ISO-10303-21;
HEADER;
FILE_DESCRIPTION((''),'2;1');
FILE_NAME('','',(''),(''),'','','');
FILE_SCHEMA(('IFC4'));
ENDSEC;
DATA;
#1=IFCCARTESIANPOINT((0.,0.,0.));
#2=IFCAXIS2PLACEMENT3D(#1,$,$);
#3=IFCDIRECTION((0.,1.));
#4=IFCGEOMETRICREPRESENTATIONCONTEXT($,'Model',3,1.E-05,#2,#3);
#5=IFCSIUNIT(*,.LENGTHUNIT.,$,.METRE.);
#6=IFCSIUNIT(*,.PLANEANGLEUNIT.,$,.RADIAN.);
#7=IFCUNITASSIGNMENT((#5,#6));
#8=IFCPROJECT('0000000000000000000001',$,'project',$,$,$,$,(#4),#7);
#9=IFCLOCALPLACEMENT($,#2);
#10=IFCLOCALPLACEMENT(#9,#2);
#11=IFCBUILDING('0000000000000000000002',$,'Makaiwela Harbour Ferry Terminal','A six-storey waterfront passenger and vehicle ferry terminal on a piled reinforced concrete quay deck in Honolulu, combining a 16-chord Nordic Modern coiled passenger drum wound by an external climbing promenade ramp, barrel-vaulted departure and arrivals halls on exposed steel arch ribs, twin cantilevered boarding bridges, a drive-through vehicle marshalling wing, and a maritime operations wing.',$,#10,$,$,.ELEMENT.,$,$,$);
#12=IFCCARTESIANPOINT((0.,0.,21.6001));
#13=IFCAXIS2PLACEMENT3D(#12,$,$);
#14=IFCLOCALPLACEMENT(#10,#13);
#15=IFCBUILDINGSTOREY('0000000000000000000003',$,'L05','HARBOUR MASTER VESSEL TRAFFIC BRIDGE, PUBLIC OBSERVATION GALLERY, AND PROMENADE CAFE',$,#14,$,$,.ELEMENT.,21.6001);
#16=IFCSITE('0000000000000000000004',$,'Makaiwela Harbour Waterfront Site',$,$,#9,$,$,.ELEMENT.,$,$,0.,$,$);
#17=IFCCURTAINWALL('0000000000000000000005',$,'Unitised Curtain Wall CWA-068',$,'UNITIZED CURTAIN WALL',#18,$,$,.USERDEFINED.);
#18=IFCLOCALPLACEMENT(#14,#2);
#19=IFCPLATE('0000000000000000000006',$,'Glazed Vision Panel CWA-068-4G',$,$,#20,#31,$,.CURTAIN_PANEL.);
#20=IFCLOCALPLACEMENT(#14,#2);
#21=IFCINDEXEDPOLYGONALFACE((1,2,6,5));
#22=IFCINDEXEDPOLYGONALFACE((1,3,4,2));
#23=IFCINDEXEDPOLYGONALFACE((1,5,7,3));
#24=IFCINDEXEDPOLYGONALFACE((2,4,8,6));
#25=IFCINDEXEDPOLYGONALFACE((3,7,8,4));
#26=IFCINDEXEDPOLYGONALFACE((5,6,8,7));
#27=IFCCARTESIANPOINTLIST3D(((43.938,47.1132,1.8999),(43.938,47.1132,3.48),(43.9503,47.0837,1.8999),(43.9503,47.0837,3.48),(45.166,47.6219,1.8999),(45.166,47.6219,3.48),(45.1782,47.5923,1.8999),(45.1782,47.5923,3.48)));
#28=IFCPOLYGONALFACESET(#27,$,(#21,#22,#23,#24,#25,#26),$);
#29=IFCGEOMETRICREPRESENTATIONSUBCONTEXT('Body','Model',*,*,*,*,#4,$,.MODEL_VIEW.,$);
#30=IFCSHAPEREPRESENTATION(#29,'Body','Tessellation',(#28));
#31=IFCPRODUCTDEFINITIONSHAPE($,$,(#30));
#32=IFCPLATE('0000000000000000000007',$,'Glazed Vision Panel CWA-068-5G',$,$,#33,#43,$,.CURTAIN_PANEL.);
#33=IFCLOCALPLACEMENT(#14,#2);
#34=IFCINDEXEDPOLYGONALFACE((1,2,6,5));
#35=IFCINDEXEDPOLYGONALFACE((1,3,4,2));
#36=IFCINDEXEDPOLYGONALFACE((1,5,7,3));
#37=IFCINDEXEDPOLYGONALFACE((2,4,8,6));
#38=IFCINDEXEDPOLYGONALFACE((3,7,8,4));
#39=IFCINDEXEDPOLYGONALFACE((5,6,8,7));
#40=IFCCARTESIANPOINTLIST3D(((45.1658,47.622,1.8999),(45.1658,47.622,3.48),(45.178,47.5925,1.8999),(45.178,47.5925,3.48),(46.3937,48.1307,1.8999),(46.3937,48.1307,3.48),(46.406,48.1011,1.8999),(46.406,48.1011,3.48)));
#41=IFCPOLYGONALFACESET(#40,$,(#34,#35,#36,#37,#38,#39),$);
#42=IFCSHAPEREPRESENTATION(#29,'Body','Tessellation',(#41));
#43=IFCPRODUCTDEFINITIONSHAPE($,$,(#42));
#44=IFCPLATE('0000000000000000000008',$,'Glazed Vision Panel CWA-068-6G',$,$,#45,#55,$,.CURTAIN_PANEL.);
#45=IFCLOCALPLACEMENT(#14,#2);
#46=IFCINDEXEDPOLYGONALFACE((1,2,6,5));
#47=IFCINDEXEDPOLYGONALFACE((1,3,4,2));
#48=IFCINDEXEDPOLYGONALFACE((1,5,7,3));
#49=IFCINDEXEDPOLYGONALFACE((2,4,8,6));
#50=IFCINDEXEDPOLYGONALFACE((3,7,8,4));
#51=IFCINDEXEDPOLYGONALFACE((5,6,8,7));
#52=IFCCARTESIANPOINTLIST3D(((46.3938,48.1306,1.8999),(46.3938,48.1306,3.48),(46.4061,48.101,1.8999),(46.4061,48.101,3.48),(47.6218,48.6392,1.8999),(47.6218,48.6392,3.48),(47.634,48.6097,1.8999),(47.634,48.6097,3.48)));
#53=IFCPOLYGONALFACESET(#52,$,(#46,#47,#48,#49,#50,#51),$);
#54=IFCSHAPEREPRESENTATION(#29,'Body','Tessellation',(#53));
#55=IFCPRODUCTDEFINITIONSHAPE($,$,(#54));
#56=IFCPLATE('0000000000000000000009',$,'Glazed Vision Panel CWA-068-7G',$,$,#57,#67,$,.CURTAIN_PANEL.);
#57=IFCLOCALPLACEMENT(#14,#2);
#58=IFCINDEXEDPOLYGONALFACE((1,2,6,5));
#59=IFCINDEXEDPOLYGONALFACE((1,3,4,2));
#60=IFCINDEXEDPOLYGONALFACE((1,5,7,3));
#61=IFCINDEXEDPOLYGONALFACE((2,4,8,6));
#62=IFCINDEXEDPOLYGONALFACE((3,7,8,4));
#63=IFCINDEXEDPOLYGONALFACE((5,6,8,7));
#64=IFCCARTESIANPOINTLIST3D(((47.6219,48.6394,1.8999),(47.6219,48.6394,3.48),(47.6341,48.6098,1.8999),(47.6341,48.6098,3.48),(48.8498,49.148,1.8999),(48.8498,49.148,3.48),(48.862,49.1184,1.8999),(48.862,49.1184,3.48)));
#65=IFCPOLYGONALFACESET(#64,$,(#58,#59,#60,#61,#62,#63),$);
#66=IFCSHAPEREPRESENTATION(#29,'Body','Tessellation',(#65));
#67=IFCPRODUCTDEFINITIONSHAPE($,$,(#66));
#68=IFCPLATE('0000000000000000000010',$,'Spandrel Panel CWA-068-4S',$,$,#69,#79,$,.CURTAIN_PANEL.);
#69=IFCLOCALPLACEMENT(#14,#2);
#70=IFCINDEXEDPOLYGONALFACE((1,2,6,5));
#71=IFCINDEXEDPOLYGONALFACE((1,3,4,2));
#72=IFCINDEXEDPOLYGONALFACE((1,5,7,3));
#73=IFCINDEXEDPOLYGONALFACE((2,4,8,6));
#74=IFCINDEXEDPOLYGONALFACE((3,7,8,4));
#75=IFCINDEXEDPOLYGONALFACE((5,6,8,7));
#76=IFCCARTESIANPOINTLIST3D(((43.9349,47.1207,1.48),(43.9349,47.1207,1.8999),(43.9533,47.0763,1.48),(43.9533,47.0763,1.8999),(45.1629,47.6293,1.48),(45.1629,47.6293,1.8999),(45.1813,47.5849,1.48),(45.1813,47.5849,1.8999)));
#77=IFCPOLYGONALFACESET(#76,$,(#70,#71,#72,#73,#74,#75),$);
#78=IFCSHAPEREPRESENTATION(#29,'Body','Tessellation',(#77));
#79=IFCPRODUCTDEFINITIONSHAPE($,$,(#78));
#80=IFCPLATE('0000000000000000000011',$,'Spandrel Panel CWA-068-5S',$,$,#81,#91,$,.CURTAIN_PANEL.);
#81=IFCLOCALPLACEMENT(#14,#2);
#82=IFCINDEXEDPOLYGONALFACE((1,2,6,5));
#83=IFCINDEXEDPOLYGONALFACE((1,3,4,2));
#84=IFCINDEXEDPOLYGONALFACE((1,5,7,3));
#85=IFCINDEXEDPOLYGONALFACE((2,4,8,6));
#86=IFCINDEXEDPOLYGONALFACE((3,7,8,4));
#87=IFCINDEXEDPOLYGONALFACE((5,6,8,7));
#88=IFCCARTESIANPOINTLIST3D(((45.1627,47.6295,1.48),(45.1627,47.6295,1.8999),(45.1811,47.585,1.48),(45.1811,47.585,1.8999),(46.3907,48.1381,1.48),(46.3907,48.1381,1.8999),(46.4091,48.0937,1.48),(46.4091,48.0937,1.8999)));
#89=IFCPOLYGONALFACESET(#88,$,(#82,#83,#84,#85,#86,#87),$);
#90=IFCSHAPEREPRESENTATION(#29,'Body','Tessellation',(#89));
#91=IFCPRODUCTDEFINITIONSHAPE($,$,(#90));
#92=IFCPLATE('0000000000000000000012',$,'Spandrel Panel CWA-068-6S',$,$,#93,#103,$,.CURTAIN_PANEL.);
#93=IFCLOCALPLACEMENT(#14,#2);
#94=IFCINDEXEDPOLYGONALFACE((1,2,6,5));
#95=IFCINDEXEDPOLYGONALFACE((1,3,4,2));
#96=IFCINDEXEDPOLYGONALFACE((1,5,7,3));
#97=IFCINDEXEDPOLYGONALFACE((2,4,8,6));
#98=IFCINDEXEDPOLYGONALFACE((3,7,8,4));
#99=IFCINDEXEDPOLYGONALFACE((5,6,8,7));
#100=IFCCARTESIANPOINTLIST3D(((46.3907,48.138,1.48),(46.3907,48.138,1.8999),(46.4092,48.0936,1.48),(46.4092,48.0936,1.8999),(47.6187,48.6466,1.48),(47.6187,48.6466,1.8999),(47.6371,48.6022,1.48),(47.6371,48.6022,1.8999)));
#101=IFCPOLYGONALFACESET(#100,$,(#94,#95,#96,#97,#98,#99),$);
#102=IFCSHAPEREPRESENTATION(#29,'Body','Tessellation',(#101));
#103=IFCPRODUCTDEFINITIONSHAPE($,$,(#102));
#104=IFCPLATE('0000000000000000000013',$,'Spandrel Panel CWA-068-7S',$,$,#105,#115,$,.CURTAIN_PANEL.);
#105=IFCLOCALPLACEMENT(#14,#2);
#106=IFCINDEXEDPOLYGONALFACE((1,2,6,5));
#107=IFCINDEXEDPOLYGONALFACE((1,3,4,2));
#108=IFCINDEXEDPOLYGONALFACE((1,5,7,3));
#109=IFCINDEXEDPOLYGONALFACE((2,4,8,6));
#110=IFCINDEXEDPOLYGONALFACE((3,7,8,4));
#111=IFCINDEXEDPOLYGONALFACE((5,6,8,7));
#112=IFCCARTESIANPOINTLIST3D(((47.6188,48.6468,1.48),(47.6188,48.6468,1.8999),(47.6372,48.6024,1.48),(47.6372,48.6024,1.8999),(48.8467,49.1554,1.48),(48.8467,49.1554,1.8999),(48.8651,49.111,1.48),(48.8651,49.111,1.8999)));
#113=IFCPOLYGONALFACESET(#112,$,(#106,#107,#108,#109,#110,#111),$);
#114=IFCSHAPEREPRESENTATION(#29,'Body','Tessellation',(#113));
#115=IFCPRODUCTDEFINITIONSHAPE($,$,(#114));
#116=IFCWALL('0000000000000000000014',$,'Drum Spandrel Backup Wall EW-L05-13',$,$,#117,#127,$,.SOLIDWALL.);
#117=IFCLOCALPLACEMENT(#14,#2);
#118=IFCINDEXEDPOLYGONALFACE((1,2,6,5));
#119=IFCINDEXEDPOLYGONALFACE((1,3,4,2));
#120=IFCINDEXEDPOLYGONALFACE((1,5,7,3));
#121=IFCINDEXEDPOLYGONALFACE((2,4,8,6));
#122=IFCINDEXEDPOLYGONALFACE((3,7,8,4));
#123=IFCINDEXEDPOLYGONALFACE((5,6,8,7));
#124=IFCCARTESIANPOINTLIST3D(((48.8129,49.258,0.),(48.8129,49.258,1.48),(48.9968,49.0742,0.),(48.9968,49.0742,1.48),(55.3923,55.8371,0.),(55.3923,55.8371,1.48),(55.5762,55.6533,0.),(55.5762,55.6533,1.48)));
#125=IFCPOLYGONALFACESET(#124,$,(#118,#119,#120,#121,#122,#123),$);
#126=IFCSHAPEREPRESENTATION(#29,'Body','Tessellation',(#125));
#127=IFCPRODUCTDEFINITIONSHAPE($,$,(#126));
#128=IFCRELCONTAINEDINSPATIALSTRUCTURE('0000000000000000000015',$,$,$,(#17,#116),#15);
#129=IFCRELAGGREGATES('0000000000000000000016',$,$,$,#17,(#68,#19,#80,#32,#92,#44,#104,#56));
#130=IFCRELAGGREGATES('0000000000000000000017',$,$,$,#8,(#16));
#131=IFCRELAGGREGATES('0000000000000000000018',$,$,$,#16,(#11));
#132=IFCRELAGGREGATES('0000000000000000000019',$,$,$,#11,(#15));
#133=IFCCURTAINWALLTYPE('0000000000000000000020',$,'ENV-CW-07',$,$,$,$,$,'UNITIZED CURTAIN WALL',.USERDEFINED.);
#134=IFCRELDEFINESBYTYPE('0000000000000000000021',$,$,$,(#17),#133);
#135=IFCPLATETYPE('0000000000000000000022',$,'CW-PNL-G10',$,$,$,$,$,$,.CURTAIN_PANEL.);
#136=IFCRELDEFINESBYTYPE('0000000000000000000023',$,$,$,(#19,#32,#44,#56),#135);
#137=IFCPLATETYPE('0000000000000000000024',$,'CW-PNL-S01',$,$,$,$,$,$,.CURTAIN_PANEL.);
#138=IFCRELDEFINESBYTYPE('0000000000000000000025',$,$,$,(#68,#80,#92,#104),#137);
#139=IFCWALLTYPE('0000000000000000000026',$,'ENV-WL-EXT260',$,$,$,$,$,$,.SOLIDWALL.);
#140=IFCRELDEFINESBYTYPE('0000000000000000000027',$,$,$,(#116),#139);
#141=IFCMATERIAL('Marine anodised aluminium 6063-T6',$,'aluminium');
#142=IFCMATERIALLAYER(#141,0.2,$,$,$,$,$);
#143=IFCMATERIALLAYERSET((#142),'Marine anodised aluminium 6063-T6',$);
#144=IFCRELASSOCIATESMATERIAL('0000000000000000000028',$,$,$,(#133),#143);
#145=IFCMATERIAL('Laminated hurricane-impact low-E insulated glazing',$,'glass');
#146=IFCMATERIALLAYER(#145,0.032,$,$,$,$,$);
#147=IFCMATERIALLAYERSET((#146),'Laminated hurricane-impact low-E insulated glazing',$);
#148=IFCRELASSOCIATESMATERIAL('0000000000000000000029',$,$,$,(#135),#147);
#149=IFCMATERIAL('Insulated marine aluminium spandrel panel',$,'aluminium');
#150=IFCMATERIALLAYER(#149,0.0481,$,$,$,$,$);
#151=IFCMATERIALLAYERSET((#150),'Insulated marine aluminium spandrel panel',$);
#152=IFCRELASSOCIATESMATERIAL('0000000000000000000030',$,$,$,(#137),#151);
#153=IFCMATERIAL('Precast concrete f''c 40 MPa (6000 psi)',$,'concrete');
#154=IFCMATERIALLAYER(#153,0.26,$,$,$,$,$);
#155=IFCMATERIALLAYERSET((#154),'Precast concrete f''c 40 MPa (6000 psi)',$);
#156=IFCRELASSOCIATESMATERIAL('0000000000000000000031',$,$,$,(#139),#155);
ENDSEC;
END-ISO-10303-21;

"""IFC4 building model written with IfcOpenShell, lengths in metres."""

from ifc_helpers import new_model, si_unit, direction, frame, frame_2d, origin, origin_2d, place, context, subcontext, project, spatial, rectangle, extrude, material, layer, layer_set, type_object, element, aggregate, save


model = new_model("IFC4")

# Units and contexts
model_context = context("Model", 3, precision=1e-05, world=origin(), true_north=direction((0.0, 1.0)))
body_context = subcontext(model_context, "Body", "Model", "MODEL_VIEW")
ifc_project = project(units=[si_unit("LENGTHUNIT", "METRE"), si_unit("PLANEANGLEUNIT", "RADIAN")], contexts=[model_context])

# Site, building, storey
site_placement = place(None, origin())
site = spatial("IfcSite", under=ifc_project, at=site_placement, Name="Makaiwela Harbour Waterfront Site", CompositionType="ELEMENT", RefElevation=0.0)
building_placement = place(site_placement, origin())
building = spatial("IfcBuilding", under=site, at=building_placement, Name="Makaiwela Harbour Ferry Terminal", Description="A six-storey waterfront passenger and vehicle ferry terminal on a piled reinforced concrete quay deck in Honolulu, combining a 16-chord Nordic Modern coiled passenger drum wound by an external climbing promenade ramp, barrel-vaulted departure and arrivals halls on exposed steel arch ribs, twin cantilevered boarding bridges, a drive-through vehicle marshalling wing, and a maritime operations wing.", CompositionType="ELEMENT")
storey_placement = place(building_placement, frame((0.0, 0.0, 21.6001)))
storey = spatial("IfcBuildingStorey", under=building, at=storey_placement, Name="L05", Description="HARBOUR MASTER VESSEL TRAFFIC BRIDGE, PUBLIC OBSERVATION GALLERY, AND PROMENADE CAFE", CompositionType="ELEMENT", Elevation=21.6001)

# Curtain wall
ifc_material_1 = material(Name="Marine anodised aluminium 6063-T6", Category="aluminium")
ifc_layer_1 = layer(ifc_material_1, 0.2)
ifc_layer_set_1 = layer_set([ifc_layer_1], Name="Marine anodised aluminium 6063-T6")
curtain_wall_type = type_object("IfcCurtainWallType", Name="ENV-CW-07", ElementType="UNITIZED CURTAIN WALL", PredefinedType="USERDEFINED", material=ifc_layer_set_1)
curtain_wall_placement = place(storey_placement, origin())
curtain_wall = element("IfcCurtainWall", 1, at=curtain_wall_placement, inside=storey, type_object=curtain_wall_type, Name="Unitised Curtain Wall CWA-068", ObjectType="UNITIZED CURTAIN WALL", PredefinedType="USERDEFINED")

# Plates
ifc_material_2 = material(Name="Laminated hurricane-impact low-E insulated glazing", Category="glass")
ifc_layer_2 = layer(ifc_material_2, 0.032)
ifc_layer_set_2 = layer_set([ifc_layer_2], Name="Laminated hurricane-impact low-E insulated glazing")
plate_type_1 = type_object("IfcPlateType", Name="CW-PNL-G10", PredefinedType="CURTAIN_PANEL", material=ifc_layer_set_2)
plate_1_placement = place(storey_placement, frame((44.5581, 47.3528, 1.8999), z_axis=(0.0, 0.0, 1.0), x_axis=(0.92388, 0.382683, 0.0)))
plate_1 = element("IfcPlate", 2, at=plate_1_placement, type_object=plate_type_1, Name="Glazed Vision Panel CWA-068-4G", PredefinedType="CURTAIN_PANEL", context=body_context, shape_type="SweptSolid", body=[
    extrude(rectangle(XDim=1.3291, YDim=0.032, at=origin_2d()), origin(), (0.0, 0.0, 1.0), 1.5801),
])
plate_2_placement = place(storey_placement, frame((45.7859, 47.8616, 1.8999), z_axis=(0.0, 0.0, 1.0), x_axis=(0.92388, 0.382683, 0.0)))
plate_2 = element("IfcPlate", 3, at=plate_2_placement, type_object=plate_type_1, Name="Glazed Vision Panel CWA-068-5G", PredefinedType="CURTAIN_PANEL", context=body_context, shape_type="SweptSolid", body=[
    extrude(rectangle(XDim=1.3291, YDim=0.032, at=origin_2d()), origin(), (0.0, 0.0, 1.0), 1.5801),
])
plate_3_placement = place(storey_placement, frame((47.0139, 48.3701, 1.8999), z_axis=(0.0, 0.0, 1.0), x_axis=(0.92388, 0.382683, 0.0)))
plate_3 = element("IfcPlate", 4, at=plate_3_placement, type_object=plate_type_1, Name="Glazed Vision Panel CWA-068-6G", PredefinedType="CURTAIN_PANEL", context=body_context, shape_type="SweptSolid", body=[
    extrude(rectangle(XDim=1.3291, YDim=0.032, at=origin_2d()), origin(), (0.0, 0.0, 1.0), 1.5801),
])
plate_4_placement = place(storey_placement, frame((48.2419, 48.8789, 1.8999), z_axis=(0.0, 0.0, 1.0), x_axis=(0.92388, 0.382683, 0.0)))
plate_4 = element("IfcPlate", 5, at=plate_4_placement, type_object=plate_type_1, Name="Glazed Vision Panel CWA-068-7G", PredefinedType="CURTAIN_PANEL", context=body_context, shape_type="SweptSolid", body=[
    extrude(rectangle(XDim=1.3291, YDim=0.032, at=origin_2d()), origin(), (0.0, 0.0, 1.0), 1.5801),
])
ifc_material_3 = material(Name="Insulated marine aluminium spandrel panel", Category="aluminium")
ifc_layer_3 = layer(ifc_material_3, 0.0481)
ifc_layer_set_3 = layer_set([ifc_layer_3], Name="Insulated marine aluminium spandrel panel")
plate_type_2 = type_object("IfcPlateType", Name="CW-PNL-S01", PredefinedType="CURTAIN_PANEL", material=ifc_layer_set_3)
plate_5_placement = place(storey_placement, frame((44.5581, 47.3528, 1.48), z_axis=(0.0, 0.0, 1.0), x_axis=(0.92388, 0.382683, 0.0)))
plate_5 = element("IfcPlate", 6, at=plate_5_placement, type_object=plate_type_2, Name="Spandrel Panel CWA-068-4S", PredefinedType="CURTAIN_PANEL", context=body_context, shape_type="SweptSolid", body=[
    extrude(rectangle(XDim=1.3291, YDim=0.0481, at=origin_2d()), origin(), (0.0, 0.0, 1.0), 0.4199),
])
plate_6_placement = place(storey_placement, frame((45.7859, 47.8616, 1.48), z_axis=(0.0, 0.0, 1.0), x_axis=(0.92388, 0.382683, 0.0)))
plate_6 = element("IfcPlate", 7, at=plate_6_placement, type_object=plate_type_2, Name="Spandrel Panel CWA-068-5S", PredefinedType="CURTAIN_PANEL", context=body_context, shape_type="SweptSolid", body=[
    extrude(rectangle(XDim=1.3291, YDim=0.0481, at=origin_2d()), origin(), (0.0, 0.0, 1.0), 0.4199),
])
plate_7_placement = place(storey_placement, frame((47.0139, 48.3701, 1.48), z_axis=(0.0, 0.0, 1.0), x_axis=(0.92388, 0.382683, 0.0)))
plate_7 = element("IfcPlate", 8, at=plate_7_placement, type_object=plate_type_2, Name="Spandrel Panel CWA-068-6S", PredefinedType="CURTAIN_PANEL", context=body_context, shape_type="SweptSolid", body=[
    extrude(rectangle(XDim=1.3291, YDim=0.0481, at=origin_2d()), origin(), (0.0, 0.0, 1.0), 0.4199),
])
plate_8_placement = place(storey_placement, frame((48.2419, 48.8789, 1.48), z_axis=(0.0, 0.0, 1.0), x_axis=(0.92388, 0.382683, 0.0)))
plate_8 = element("IfcPlate", 9, at=plate_8_placement, type_object=plate_type_2, Name="Spandrel Panel CWA-068-7S", PredefinedType="CURTAIN_PANEL", context=body_context, shape_type="SweptSolid", body=[
    extrude(rectangle(XDim=1.3291, YDim=0.0481, at=origin_2d()), origin(), (0.0, 0.0, 1.0), 0.4199),
])
aggregate(curtain_wall, [plate_5, plate_1, plate_6, plate_2, plate_7, plate_3, plate_8, plate_4])

# Wall
ifc_material_4 = material(Name="Precast concrete f'c 40 MPa (6000 psi)", Category="concrete")
ifc_layer_4 = layer(ifc_material_4, 0.26)
ifc_layer_set_4 = layer_set([ifc_layer_4], Name="Precast concrete f'c 40 MPa (6000 psi)")
wall_type = type_object("IfcWallType", Name="ENV-WL-EXT260", PredefinedType="SOLIDWALL", material=ifc_layer_set_4)
wall_placement = place(storey_placement, frame((48.9048, 49.166, 0.0), z_axis=(0.0, 0.0, 1.0), x_axis=(0.70712, 0.707094, 0.0)))
element("IfcWall", 10, at=wall_placement, inside=storey, type_object=wall_type, Name="Drum Spandrel Backup Wall EW-L05-13", PredefinedType="SOLIDWALL", context=body_context, shape_type="SweptSolid", body=[
    extrude(rectangle(XDim=9.3044, YDim=0.26, at=frame_2d((4.6523, 0.0))), origin(), (0.0, 0.0, 1.0), 1.48),
])

save(model, "model.ifc")
